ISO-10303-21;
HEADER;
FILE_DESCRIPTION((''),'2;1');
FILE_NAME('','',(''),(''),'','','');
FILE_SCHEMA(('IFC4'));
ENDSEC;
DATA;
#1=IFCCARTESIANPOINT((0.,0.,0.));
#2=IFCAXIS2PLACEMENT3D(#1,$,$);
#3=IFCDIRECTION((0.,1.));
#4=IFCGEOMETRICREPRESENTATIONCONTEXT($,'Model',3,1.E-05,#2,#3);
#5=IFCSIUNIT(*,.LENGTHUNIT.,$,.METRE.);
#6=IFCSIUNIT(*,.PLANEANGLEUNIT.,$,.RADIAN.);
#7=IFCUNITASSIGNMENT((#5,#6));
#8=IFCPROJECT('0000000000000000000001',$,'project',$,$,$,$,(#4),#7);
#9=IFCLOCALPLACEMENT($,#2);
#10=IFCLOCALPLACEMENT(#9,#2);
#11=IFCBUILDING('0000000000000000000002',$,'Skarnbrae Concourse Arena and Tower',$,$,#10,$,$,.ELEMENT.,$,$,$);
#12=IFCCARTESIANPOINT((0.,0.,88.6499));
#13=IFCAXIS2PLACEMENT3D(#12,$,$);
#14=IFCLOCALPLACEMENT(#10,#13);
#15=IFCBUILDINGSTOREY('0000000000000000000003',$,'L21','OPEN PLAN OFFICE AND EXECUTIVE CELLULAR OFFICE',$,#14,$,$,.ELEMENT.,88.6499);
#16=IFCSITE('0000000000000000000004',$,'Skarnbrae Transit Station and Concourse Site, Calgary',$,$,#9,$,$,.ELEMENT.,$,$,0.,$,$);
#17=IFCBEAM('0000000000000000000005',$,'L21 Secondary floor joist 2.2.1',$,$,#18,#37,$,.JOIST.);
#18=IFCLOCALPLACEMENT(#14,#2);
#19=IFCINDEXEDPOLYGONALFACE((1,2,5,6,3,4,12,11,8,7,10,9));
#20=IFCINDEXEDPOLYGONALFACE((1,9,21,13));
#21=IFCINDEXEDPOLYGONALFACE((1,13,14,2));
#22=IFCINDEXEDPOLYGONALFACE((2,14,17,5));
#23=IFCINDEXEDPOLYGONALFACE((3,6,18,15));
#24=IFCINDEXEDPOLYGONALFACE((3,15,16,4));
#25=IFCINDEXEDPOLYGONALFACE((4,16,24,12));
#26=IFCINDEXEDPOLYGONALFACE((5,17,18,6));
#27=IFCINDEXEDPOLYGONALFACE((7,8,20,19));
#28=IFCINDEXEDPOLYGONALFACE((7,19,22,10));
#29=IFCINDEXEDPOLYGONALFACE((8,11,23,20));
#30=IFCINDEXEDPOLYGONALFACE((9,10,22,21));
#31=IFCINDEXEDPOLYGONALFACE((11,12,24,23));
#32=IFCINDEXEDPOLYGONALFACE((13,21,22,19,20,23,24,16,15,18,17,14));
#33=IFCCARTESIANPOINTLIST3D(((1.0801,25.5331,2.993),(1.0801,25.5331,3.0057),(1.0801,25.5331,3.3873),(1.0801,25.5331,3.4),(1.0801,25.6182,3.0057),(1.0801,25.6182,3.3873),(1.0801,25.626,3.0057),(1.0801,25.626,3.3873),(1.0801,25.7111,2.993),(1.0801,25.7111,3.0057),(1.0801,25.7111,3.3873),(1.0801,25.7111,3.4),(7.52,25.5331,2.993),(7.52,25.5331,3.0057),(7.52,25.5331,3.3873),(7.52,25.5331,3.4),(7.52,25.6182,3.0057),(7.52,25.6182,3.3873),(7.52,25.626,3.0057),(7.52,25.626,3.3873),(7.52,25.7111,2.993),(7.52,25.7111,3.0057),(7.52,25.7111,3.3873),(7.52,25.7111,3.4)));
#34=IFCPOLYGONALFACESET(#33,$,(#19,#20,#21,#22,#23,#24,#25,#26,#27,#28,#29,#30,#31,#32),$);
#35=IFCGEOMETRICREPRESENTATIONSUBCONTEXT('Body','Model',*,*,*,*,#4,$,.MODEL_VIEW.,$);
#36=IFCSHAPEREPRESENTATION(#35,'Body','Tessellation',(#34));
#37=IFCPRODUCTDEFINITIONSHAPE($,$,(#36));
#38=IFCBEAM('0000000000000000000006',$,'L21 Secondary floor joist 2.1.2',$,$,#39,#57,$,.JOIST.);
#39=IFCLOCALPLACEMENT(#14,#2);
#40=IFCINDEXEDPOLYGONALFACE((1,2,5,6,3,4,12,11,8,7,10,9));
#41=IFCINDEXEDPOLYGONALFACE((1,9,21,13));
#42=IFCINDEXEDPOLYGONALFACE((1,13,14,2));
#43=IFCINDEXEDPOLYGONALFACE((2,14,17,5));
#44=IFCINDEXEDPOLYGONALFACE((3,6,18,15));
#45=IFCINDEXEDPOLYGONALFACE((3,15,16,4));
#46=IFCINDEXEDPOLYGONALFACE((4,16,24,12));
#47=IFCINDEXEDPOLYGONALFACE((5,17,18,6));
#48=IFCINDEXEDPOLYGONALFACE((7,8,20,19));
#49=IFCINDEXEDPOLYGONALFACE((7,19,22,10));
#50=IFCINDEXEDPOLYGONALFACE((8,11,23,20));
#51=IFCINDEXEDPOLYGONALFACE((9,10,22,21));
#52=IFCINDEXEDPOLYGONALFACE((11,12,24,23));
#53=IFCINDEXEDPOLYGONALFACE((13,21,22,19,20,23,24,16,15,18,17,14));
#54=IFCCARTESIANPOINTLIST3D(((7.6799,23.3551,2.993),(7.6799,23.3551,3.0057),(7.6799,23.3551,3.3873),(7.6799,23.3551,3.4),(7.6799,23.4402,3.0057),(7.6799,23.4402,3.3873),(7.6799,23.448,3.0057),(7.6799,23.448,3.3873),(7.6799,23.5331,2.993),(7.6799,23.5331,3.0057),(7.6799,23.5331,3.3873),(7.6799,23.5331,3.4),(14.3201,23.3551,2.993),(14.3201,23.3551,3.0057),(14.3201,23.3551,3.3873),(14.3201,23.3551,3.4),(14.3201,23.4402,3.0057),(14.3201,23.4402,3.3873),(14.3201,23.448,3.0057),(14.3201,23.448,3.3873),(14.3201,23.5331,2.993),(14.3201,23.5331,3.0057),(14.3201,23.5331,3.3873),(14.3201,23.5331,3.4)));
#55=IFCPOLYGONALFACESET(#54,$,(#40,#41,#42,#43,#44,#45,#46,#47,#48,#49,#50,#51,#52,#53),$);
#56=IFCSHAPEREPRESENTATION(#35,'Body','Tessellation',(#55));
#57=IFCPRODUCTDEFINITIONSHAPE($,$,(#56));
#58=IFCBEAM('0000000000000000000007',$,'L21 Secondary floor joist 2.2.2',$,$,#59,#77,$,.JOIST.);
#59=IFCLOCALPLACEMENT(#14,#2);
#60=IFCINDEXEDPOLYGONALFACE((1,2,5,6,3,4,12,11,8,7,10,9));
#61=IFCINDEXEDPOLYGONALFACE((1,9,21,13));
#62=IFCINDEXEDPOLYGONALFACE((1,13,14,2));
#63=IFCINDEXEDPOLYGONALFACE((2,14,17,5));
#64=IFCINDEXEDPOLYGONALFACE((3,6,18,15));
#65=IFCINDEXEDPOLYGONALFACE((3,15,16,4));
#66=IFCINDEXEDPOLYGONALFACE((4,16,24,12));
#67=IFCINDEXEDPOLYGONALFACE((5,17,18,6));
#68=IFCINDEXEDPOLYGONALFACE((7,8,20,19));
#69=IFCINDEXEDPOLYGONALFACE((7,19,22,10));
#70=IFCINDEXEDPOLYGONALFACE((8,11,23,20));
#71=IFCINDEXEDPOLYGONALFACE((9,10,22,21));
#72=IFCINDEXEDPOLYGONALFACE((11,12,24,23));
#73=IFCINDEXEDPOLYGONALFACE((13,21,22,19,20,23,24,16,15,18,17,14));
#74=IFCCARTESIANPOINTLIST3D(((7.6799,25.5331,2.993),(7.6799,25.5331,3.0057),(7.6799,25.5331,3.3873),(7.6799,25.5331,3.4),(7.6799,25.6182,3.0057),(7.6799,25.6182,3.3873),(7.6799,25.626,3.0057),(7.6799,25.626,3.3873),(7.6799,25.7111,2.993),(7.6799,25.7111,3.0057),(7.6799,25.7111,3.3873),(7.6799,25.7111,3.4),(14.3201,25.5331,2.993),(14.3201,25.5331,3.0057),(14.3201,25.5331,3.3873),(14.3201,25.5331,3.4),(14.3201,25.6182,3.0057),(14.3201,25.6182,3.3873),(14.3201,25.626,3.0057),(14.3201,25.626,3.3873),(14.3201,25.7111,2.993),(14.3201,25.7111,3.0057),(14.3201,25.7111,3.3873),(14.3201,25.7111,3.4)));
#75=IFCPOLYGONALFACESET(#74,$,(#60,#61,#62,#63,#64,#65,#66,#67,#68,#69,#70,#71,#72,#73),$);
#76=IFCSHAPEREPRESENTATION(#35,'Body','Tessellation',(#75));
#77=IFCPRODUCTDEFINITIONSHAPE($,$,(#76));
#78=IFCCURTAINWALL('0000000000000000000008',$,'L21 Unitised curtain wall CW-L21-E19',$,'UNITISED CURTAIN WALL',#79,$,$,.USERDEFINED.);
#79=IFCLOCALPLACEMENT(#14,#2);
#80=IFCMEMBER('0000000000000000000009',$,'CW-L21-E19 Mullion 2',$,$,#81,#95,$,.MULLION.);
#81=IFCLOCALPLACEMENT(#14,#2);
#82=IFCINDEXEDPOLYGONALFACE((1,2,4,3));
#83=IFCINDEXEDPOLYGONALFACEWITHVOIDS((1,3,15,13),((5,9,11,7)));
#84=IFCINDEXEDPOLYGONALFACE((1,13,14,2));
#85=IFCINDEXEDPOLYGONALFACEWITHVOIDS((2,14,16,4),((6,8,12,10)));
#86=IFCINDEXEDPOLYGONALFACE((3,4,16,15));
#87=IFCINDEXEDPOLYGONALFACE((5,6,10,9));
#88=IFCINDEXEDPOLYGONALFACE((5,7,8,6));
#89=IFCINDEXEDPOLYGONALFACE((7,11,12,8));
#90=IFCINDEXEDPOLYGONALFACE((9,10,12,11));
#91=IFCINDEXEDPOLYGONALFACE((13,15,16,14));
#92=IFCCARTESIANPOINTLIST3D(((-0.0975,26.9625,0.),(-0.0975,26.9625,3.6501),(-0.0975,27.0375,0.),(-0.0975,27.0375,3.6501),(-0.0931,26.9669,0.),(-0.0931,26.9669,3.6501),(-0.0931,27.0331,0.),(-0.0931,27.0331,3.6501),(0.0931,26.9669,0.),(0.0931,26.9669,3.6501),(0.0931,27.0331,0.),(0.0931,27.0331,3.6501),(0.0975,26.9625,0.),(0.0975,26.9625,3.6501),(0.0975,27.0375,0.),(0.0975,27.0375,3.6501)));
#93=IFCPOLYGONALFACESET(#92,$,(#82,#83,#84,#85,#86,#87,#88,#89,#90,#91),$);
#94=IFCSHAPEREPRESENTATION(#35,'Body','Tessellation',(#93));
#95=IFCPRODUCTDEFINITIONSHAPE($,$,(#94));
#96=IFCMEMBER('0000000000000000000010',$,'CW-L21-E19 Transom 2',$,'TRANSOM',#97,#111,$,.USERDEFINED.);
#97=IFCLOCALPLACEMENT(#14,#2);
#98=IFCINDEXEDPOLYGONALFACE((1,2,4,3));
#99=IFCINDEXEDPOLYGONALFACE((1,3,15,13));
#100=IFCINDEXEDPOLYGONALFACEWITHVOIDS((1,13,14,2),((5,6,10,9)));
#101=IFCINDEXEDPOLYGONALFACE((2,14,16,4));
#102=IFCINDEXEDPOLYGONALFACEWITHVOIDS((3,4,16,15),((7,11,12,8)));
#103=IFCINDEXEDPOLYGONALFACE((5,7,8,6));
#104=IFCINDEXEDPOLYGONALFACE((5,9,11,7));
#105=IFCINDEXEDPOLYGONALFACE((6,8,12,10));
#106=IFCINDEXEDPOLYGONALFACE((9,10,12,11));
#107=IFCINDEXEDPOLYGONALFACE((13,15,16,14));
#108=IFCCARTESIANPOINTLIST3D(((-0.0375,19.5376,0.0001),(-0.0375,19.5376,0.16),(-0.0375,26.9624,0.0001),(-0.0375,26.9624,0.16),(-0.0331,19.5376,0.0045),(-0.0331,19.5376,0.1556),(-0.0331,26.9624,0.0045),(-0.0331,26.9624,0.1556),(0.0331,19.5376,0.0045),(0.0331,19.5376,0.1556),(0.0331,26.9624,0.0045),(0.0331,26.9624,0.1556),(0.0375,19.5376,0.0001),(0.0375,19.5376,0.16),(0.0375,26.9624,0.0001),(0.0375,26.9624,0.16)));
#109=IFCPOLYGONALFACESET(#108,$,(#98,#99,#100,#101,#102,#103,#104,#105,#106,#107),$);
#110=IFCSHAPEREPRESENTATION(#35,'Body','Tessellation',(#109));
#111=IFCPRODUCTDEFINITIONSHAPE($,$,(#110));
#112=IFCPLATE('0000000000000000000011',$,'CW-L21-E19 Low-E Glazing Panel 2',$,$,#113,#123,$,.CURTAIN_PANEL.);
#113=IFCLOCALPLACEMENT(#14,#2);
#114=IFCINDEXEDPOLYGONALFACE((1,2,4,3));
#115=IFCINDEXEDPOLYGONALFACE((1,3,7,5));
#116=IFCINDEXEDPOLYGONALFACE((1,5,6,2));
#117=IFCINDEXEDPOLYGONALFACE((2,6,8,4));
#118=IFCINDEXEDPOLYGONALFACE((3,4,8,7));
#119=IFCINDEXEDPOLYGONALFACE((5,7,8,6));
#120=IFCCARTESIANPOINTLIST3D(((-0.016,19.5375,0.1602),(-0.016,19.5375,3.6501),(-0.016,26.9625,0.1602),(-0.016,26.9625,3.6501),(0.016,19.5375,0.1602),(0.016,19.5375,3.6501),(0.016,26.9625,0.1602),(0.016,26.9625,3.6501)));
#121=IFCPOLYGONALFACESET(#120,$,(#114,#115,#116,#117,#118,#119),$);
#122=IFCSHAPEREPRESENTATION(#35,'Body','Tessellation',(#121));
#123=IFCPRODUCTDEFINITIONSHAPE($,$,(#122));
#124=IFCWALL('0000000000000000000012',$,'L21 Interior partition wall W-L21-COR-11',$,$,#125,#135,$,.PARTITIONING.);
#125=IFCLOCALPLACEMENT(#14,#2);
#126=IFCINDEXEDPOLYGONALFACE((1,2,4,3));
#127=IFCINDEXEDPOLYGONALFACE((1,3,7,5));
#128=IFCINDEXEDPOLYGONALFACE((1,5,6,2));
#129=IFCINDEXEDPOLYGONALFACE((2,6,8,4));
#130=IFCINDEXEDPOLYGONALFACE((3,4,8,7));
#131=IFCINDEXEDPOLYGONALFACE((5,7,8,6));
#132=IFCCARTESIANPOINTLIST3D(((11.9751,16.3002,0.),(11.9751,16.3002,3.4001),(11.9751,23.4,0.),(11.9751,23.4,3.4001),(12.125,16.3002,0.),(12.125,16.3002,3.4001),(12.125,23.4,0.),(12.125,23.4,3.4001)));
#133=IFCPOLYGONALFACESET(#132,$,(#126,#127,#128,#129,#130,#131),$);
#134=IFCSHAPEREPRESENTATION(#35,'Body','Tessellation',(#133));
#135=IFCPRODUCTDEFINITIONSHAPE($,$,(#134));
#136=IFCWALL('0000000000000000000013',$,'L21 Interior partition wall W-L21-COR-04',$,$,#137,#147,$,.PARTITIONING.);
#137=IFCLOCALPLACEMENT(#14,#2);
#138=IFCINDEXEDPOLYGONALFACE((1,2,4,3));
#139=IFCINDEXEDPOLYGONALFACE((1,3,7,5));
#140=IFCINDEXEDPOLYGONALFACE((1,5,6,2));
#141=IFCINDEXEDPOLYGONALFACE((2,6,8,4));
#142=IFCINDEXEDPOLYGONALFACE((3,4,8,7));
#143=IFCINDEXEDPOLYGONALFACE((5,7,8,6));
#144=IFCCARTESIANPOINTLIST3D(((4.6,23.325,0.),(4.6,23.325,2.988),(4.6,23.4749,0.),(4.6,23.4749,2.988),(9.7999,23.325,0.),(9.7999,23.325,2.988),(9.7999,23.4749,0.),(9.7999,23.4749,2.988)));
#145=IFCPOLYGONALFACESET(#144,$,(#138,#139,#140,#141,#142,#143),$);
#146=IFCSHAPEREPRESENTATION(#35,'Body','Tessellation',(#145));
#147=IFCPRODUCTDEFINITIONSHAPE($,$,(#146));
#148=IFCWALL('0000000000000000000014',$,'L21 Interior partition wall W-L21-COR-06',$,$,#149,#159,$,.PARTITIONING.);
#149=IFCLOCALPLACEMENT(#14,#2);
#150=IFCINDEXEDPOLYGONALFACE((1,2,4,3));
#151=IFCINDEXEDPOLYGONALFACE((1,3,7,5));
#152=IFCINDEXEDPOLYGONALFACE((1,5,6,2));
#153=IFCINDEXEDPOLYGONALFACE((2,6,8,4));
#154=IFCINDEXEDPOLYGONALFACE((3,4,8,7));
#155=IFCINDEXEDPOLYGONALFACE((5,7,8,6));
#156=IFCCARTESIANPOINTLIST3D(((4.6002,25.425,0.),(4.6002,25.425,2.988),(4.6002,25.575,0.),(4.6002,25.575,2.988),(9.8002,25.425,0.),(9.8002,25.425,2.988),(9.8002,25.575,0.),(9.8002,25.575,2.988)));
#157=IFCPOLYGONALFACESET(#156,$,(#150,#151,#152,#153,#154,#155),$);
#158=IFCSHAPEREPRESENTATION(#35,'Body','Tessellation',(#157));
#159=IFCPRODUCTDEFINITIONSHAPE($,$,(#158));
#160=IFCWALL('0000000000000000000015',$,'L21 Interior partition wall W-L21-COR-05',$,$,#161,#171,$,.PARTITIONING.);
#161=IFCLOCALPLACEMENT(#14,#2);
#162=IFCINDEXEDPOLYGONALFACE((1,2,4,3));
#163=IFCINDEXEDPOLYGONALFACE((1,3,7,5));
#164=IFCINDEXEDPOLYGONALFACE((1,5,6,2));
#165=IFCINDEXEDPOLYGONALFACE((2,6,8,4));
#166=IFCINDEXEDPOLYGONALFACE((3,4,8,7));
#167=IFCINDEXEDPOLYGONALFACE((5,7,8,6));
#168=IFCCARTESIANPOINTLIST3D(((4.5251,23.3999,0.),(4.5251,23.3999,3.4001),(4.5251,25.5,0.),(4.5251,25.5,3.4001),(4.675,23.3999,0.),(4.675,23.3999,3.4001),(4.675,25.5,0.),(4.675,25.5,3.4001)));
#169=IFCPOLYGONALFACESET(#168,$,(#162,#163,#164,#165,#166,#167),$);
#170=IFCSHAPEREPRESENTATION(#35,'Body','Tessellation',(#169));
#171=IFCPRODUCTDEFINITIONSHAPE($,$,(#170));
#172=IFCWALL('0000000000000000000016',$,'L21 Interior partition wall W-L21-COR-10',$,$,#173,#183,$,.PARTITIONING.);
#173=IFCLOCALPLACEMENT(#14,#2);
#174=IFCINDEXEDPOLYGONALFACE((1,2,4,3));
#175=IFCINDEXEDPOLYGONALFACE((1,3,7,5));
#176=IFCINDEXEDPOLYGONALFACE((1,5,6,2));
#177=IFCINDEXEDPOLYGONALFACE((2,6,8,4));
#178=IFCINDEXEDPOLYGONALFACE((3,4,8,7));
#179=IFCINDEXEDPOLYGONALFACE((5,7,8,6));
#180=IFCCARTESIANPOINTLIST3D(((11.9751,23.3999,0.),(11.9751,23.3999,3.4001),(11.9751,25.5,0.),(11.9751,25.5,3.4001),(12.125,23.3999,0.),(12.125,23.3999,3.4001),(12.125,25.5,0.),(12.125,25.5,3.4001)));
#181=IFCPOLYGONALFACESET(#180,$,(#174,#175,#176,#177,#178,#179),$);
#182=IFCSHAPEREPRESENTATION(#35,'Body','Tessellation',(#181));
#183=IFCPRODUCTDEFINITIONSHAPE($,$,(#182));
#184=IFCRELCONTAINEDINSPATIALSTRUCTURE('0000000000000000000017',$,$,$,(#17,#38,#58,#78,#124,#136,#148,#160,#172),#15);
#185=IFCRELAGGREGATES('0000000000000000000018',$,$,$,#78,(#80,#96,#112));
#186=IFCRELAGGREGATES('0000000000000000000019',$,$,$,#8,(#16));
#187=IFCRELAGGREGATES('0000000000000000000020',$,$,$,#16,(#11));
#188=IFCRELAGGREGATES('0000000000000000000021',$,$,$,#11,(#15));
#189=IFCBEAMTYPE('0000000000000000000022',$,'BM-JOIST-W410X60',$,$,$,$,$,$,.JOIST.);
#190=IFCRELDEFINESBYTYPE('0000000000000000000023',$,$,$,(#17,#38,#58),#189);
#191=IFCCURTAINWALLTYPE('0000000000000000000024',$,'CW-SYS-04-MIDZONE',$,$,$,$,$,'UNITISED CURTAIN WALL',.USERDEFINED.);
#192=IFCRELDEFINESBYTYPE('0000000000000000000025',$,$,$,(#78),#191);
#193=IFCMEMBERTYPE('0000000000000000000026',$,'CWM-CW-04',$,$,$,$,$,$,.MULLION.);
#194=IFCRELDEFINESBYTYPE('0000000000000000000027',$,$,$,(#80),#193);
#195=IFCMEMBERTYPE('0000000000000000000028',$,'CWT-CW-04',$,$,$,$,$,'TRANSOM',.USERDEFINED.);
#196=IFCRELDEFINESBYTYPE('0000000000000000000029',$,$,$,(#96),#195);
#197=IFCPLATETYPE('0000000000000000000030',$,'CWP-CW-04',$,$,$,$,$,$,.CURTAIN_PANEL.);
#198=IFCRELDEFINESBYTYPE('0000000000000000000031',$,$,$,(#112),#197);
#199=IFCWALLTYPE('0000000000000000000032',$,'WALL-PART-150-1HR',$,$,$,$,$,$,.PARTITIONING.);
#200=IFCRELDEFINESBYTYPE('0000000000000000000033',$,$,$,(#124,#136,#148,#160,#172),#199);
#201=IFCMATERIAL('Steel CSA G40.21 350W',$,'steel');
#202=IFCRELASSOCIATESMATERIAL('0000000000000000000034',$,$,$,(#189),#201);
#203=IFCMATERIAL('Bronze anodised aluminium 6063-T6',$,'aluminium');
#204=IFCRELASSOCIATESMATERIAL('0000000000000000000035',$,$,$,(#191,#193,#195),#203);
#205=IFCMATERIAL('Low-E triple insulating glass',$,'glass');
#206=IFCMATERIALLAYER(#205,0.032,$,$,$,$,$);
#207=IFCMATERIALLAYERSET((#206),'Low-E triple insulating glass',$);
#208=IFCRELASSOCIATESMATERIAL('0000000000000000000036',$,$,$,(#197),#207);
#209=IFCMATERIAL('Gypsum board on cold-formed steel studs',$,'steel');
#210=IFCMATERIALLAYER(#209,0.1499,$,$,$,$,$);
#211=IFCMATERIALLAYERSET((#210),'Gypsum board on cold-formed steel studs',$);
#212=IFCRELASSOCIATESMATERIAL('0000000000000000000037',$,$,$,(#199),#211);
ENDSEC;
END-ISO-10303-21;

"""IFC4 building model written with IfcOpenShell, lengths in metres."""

from ifc_helpers import new_model, si_unit, direction, frame, frame_2d, origin, origin_2d, place, context, subcontext, project, spatial, rectangle, hollow_rectangle, i_section, extrude, source, transform, mapped, material, layer, layer_set, material_profile, profile_set, type_object, element, aggregate, save


model = new_model("IFC4")

# Units and contexts
model_context = context("Model", 3, precision=1e-05, world=origin(), true_north=direction((0.0, 1.0)))
body_context = subcontext(model_context, "Body", "Model", "MODEL_VIEW")
ifc_project = project(units=[si_unit("LENGTHUNIT", "METRE"), si_unit("PLANEANGLEUNIT", "RADIAN")], contexts=[model_context])

# Site, building, storey
site_placement = place(None, origin())
site = spatial("IfcSite", under=ifc_project, at=site_placement, Name="Skarnbrae Transit Station and Concourse Site, Calgary", CompositionType="ELEMENT", RefElevation=0.0)
building_placement = place(site_placement, origin())
building = spatial("IfcBuilding", under=site, at=building_placement, Name="Skarnbrae Concourse Arena and Tower", CompositionType="ELEMENT")
storey_placement = place(building_placement, frame((0.0, 0.0, 88.6499)))
storey = spatial("IfcBuildingStorey", under=building, at=storey_placement, Name="L21", Description="OPEN PLAN OFFICE AND EXECUTIVE CELLULAR OFFICE", CompositionType="ELEMENT", Elevation=88.6499)

# Shared definitions
ifc_material_1 = material(Name="Steel CSA G40.21 350W", Category="steel")

# Beams
ifc_material_profile_1 = material_profile(ifc_material_1, i_section(OverallWidth=0.178, OverallDepth=0.407, WebThickness=0.0078, FlangeThickness=0.0127, at=origin_2d()), Name="W410X60")
ifc_profile_set_1 = profile_set([ifc_material_profile_1], Name="Steel CSA G40.21 350W")
beam_type_1 = type_object("IfcBeamType", Name="BM-JOIST-W410X60", PredefinedType="JOIST", material=ifc_profile_set_1)
shared_shape_1 = source(origin(), body_context, "Body", "SweptSolid", [
    extrude(i_section(OverallWidth=0.178, OverallDepth=0.407, WebThickness=0.0078, FlangeThickness=0.0127, at=origin_2d()), origin(), (0.0, 0.0, 1.0), 6.4399),
])
for number, where, z_axis, x_axis, name in (
    (1, (1.0801, 25.6221, 3.1965), (1.0, 0.0, 0.0), (0.0, 1.0, 0.0), "L21 Secondary floor joist 2.2.1"),
):
    element("IfcBeam", number, at=place(storey_placement, frame(where, z_axis=z_axis, x_axis=x_axis)), inside=storey, type_object=beam_type_1, Name=name, PredefinedType="JOIST", context=body_context, shape_type="MappedRepresentation", body=[
        mapped(shared_shape_1, transform((0.0, 0.0, 0.0))),
    ])
shared_shape_2 = source(origin(), body_context, "Body", "SweptSolid", [
    extrude(i_section(OverallWidth=0.178, OverallDepth=0.407, WebThickness=0.0078, FlangeThickness=0.0127, at=origin_2d()), origin(), (0.0, 0.0, 1.0), 6.6401),
])
for number, where, z_axis, x_axis, name in (
    (2, (7.6799, 23.4441, 3.1965), (1.0, 0.0, 0.0), (0.0, 1.0, 0.0), "L21 Secondary floor joist 2.1.2"),
    (3, (7.6799, 25.6221, 3.1965), (1.0, 0.0, 0.0), (0.0, 1.0, 0.0), "L21 Secondary floor joist 2.2.2"),
):
    element("IfcBeam", number, at=place(storey_placement, frame(where, z_axis=z_axis, x_axis=x_axis)), inside=storey, type_object=beam_type_1, Name=name, PredefinedType="JOIST", context=body_context, shape_type="MappedRepresentation", body=[
        mapped(shared_shape_2, transform((0.0, 0.0, 0.0))),
    ])

# Curtain wall, members, plate
ifc_material_2 = material(Name="Bronze anodised aluminium 6063-T6", Category="aluminium")
curtain_wall_type = type_object("IfcCurtainWallType", Name="CW-SYS-04-MIDZONE", ElementType="UNITISED CURTAIN WALL", PredefinedType="USERDEFINED", material=ifc_material_2)
curtain_wall_placement = place(storey_placement, origin())
curtain_wall = element("IfcCurtainWall", 4, at=curtain_wall_placement, inside=storey, type_object=curtain_wall_type, Name="L21 Unitised curtain wall CW-L21-E19", ObjectType="UNITISED CURTAIN WALL", PredefinedType="USERDEFINED")
ifc_material_profile_2 = material_profile(ifc_material_2, hollow_rectangle(XDim=0.075, YDim=0.1951, WallThickness=0.0044, at=origin_2d()), Name="ALU-MULL-75X195")
ifc_profile_set_2 = profile_set([ifc_material_profile_2], Name="Bronze anodised aluminium 6063-T6")
member_type_1 = type_object("IfcMemberType", Name="CWM-CW-04", PredefinedType="MULLION", material=ifc_profile_set_2)
shared_shape_3 = source(origin(), body_context, "Body", "SweptSolid", [
    extrude(hollow_rectangle(XDim=0.075, YDim=0.1951, WallThickness=0.0044, at=origin_2d()), origin(), (0.0, 0.0, 1.0), 3.6501),
])
member_1_placement = place(storey_placement, frame((0.0, 27.0, 0.0), z_axis=(0.0, 0.0, 1.0), x_axis=(0.0, -1.0, 0.0)))
member_1 = element("IfcMember", 5, at=member_1_placement, type_object=member_type_1, Name="CW-L21-E19 Mullion 2", PredefinedType="MULLION", context=body_context, shape_type="MappedRepresentation", body=[
    mapped(shared_shape_3, transform((0.0, 0.0, 0.0))),
])
ifc_material_profile_3 = material_profile(ifc_material_2, hollow_rectangle(XDim=0.075, YDim=0.1599, WallThickness=0.0044, at=origin_2d()), Name="ALU-TRAN-75X160")
ifc_profile_set_3 = profile_set([ifc_material_profile_3], Name="Bronze anodised aluminium 6063-T6")
member_type_2 = type_object("IfcMemberType", Name="CWT-CW-04", ElementType="TRANSOM", PredefinedType="USERDEFINED", material=ifc_profile_set_3)
shared_shape_4 = source(origin(), body_context, "Body", "SweptSolid", [
    extrude(hollow_rectangle(XDim=0.075, YDim=0.1599, WallThickness=0.0044, at=origin_2d()), origin(), (0.0, 0.0, 1.0), 7.4248),
])
member_2_placement = place(storey_placement, frame((0.0, 26.9624, 0.0801), z_axis=(0.0, -1.0, 0.0), x_axis=(1.0, 0.0, 0.0)))
member_2 = element("IfcMember", 6, at=member_2_placement, type_object=member_type_2, Name="CW-L21-E19 Transom 2", ObjectType="TRANSOM", PredefinedType="USERDEFINED", context=body_context, shape_type="MappedRepresentation", body=[
    mapped(shared_shape_4, transform((0.0, 0.0, 0.0))),
])
ifc_material_3 = material(Name="Low-E triple insulating glass", Category="glass")
ifc_layer_1 = layer(ifc_material_3, 0.032)
ifc_layer_set_1 = layer_set([ifc_layer_1], Name="Low-E triple insulating glass")
plate_type = type_object("IfcPlateType", Name="CWP-CW-04", PredefinedType="CURTAIN_PANEL", material=ifc_layer_set_1)
shared_shape_5 = source(origin(), body_context, "Body", "SweptSolid", [
    extrude(rectangle(XDim=7.425, YDim=0.032, at=origin_2d()), origin(), (0.0, 0.0, 1.0), 3.49),
])
plate_placement = place(storey_placement, frame((0.0, 23.25, 0.1602), z_axis=(0.0, 0.0, 1.0), x_axis=(0.0, -1.0, 0.0)))
plate = element("IfcPlate", 7, at=plate_placement, type_object=plate_type, Name="CW-L21-E19 Low-E Glazing Panel 2", PredefinedType="CURTAIN_PANEL", context=body_context, shape_type="MappedRepresentation", body=[
    mapped(shared_shape_5, transform((0.0, 0.0, 0.0))),
])
aggregate(curtain_wall, [member_1, member_2, plate])

# Walls
ifc_material_4 = material(Name="Gypsum board on cold-formed steel studs", Category="steel")
ifc_layer_2 = layer(ifc_material_4, 0.1499)
ifc_layer_set_2 = layer_set([ifc_layer_2], Name="Gypsum board on cold-formed steel studs")
wall_type_1 = type_object("IfcWallType", Name="WALL-PART-150-1HR", PredefinedType="PARTITIONING", material=ifc_layer_set_2)
shared_shape_6 = source(origin(), body_context, "Body", "SweptSolid", [
    extrude(rectangle(XDim=7.0999, YDim=0.1499, at=frame_2d((3.5498, 0.0))), origin(), (0.0, 0.0, 1.0), 3.4001),
])
wall_1_placement = place(storey_placement, frame((12.05, 23.3999, 0.0), z_axis=(0.0, 0.0, 1.0), x_axis=(0.0, -1.0, 0.0)))
element("IfcWall", 8, at=wall_1_placement, inside=storey, type_object=wall_type_1, Name="L21 Interior partition wall W-L21-COR-11", PredefinedType="PARTITIONING", context=body_context, shape_type="MappedRepresentation", body=[
    mapped(shared_shape_6, transform((0.0, 0.0, 0.0))),
])
shared_shape_7 = source(origin(), body_context, "Body", "SweptSolid", [
    extrude(rectangle(XDim=5.2, YDim=0.1499, at=frame_2d((2.6001, 0.0))), origin(), (0.0, 0.0, 1.0), 2.988),
])
for number, where, z_axis, x_axis, name in (
    (9, (9.8, 23.3999, 0.0), (0.0, 0.0, 1.0), (-1.0, 0.0, 0.0), "L21 Interior partition wall W-L21-COR-04"),
    (10, (4.6001, 25.5, 0.0), (0.0, 0.0, 1.0), (1.0, 0.0, 0.0), "L21 Interior partition wall W-L21-COR-06"),
):
    element("IfcWall", number, at=place(storey_placement, frame(where, z_axis=z_axis, x_axis=x_axis)), inside=storey, type_object=wall_type_1, Name=name, PredefinedType="PARTITIONING", context=body_context, shape_type="MappedRepresentation", body=[
        mapped(shared_shape_7, transform((0.0, 0.0, 0.0))),
    ])
shared_shape_8 = source(origin(), body_context, "Body", "SweptSolid", [
    extrude(rectangle(XDim=2.1001, YDim=0.1499, at=frame_2d((1.05, 0.0))), origin(), (0.0, 0.0, 1.0), 3.4001),
])
for number, where, z_axis, x_axis, name in (
    (11, (4.6001, 23.3999, 0.0), (0.0, 0.0, 1.0), (0.0, 1.0, 0.0), "L21 Interior partition wall W-L21-COR-05"),
    (12, (12.05, 25.5, 0.0), (0.0, 0.0, 1.0), (0.0, -1.0, 0.0), "L21 Interior partition wall W-L21-COR-10"),
):
    element("IfcWall", number, at=place(storey_placement, frame(where, z_axis=z_axis, x_axis=x_axis)), inside=storey, type_object=wall_type_1, Name=name, PredefinedType="PARTITIONING", context=body_context, shape_type="MappedRepresentation", body=[
        mapped(shared_shape_8, transform((0.0, 0.0, 0.0))),
    ])

save(model, "model.ifc")
